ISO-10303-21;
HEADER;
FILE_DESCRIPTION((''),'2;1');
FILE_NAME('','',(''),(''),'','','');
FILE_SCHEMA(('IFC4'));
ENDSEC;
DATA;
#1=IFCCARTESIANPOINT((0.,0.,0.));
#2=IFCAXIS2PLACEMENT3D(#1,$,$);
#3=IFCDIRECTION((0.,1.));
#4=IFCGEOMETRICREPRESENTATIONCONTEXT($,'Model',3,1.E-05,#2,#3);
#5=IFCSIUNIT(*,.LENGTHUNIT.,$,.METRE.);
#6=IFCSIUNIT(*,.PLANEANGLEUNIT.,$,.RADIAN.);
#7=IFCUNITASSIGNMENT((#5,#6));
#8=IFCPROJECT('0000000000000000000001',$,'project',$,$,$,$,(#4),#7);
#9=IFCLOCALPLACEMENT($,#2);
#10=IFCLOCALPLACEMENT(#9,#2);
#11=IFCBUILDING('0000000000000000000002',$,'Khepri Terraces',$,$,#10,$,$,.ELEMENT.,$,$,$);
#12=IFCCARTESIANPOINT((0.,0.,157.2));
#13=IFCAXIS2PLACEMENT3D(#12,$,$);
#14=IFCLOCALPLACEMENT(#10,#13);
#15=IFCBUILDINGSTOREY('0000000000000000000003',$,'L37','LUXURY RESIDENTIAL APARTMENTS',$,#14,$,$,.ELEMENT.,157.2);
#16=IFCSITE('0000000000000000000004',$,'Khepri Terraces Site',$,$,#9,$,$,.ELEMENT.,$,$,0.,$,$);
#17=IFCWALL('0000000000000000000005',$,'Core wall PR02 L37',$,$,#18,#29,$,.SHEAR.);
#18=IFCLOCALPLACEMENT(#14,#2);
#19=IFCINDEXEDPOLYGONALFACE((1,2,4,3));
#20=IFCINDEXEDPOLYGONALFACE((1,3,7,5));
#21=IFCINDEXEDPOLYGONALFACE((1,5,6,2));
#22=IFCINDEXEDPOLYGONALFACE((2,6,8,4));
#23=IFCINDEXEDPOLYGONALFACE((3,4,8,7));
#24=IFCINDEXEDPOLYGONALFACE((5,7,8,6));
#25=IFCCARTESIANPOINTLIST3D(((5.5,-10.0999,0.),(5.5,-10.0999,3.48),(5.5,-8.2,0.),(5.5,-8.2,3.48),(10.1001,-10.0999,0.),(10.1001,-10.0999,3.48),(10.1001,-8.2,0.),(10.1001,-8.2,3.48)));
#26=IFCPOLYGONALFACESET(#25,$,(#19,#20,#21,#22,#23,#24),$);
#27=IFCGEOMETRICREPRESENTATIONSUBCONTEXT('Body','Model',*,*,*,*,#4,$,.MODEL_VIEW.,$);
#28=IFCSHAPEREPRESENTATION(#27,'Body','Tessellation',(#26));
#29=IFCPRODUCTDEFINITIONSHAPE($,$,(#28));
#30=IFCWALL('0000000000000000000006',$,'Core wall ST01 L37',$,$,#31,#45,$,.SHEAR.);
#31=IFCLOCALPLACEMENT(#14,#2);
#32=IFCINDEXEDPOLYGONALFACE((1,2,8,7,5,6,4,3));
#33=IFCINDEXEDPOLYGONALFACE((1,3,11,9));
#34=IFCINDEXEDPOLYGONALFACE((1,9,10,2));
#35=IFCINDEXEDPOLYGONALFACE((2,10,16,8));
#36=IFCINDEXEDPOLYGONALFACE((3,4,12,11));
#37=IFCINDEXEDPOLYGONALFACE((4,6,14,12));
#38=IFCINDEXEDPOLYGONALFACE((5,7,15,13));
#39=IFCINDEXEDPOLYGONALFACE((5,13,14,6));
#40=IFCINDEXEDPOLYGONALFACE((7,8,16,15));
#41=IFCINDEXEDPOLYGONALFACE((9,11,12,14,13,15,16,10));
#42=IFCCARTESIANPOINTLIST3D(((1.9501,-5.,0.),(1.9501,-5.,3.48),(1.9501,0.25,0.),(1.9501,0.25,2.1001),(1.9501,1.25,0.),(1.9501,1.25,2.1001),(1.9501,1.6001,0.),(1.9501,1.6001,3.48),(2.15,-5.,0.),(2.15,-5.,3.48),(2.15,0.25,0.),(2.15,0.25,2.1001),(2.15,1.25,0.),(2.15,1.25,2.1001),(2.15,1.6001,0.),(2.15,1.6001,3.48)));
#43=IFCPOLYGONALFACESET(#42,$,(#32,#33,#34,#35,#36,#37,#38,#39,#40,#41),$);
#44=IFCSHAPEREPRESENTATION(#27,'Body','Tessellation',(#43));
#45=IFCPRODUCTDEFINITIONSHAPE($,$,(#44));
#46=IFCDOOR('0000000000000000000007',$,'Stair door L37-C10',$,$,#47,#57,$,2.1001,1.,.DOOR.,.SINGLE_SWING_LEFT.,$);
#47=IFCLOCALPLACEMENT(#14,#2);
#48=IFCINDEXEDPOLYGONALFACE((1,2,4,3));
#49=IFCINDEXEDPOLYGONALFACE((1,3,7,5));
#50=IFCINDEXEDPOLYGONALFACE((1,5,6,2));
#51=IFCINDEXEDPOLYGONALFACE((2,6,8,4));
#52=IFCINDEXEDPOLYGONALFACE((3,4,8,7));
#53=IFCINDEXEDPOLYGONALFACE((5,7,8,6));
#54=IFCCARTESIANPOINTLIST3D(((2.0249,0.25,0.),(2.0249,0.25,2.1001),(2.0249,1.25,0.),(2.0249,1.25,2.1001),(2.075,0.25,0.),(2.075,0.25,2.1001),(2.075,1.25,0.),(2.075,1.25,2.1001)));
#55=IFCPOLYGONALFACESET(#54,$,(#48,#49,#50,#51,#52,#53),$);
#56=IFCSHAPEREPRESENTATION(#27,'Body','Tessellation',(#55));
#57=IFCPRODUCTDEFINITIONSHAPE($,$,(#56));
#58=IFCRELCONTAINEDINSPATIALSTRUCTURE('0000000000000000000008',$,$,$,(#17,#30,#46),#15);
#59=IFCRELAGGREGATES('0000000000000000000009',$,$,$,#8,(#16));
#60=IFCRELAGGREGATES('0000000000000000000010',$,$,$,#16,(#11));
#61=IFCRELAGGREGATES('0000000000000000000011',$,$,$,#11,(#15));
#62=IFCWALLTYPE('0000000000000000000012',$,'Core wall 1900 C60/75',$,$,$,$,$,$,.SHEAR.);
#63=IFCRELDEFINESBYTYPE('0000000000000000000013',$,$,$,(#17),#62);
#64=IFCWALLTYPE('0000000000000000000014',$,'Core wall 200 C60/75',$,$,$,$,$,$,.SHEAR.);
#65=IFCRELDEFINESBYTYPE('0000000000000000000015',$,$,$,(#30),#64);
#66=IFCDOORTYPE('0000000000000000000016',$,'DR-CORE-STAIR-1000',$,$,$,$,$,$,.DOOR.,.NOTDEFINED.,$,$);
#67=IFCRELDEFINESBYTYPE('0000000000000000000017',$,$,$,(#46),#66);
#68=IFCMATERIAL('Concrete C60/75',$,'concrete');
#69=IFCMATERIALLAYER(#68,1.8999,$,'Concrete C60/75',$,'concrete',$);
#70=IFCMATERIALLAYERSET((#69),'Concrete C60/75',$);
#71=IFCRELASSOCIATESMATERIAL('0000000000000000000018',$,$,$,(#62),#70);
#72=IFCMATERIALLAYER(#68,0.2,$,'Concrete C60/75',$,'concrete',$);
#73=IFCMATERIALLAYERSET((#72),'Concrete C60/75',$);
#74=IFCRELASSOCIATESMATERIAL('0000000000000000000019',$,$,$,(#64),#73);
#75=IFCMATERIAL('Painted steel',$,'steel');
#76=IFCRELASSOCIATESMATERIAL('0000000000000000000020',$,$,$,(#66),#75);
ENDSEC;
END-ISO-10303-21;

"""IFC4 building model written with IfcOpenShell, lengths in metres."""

from ifc_helpers import new_model, si_unit, direction, frame, frame_2d, origin, place, context, subcontext, project, spatial, rectangle, extrude, material, layer, layer_set, type_object, element, fill, save


model = new_model("IFC4")

# Units and contexts
model_context = context("Model", 3, precision=1e-05, world=origin(), true_north=direction((0.0, 1.0)))
body_context = subcontext(model_context, "Body", "Model", "MODEL_VIEW")
ifc_project = project(units=[si_unit("LENGTHUNIT", "METRE"), si_unit("PLANEANGLEUNIT", "RADIAN")], contexts=[model_context])

# Site, building, storey
site_placement = place(None, origin())
site = spatial("IfcSite", under=ifc_project, at=site_placement, Name="Khepri Terraces Site", CompositionType="ELEMENT", RefElevation=0.0)
building_placement = place(site_placement, origin())
building = spatial("IfcBuilding", under=site, at=building_placement, Name="Khepri Terraces", CompositionType="ELEMENT")
storey_placement = place(building_placement, frame((0.0, 0.0, 157.2)))
storey = spatial("IfcBuildingStorey", under=building, at=storey_placement, Name="L37", Description="LUXURY RESIDENTIAL APARTMENTS", CompositionType="ELEMENT", Elevation=157.2)

# Wall
ifc_material_1 = material(Name="Concrete C60/75", Category="concrete")
ifc_layer_1 = layer(ifc_material_1, 1.8999, Name="Concrete C60/75", Category="concrete")
ifc_layer_set_1 = layer_set([ifc_layer_1], Name="Concrete C60/75")
wall_type_1 = type_object("IfcWallType", Name="Core wall 1900 C60/75", PredefinedType="SHEAR", material=ifc_layer_set_1)
wall_1_placement = place(storey_placement, frame((5.5, -9.1499, 0.0), z_axis=(0.0, 0.0, 1.0), x_axis=(1.0, 0.0, 0.0)))
element("IfcWall", 1, at=wall_1_placement, inside=storey, type_object=wall_type_1, Name="Core wall PR02 L37", PredefinedType="SHEAR", context=body_context, shape_type="SweptSolid", body=[
    extrude(rectangle(XDim=4.6001, YDim=1.8999, at=frame_2d((2.3, 0.0))), origin(), (0.0, 0.0, 1.0), 3.48),
])

# Wall, opening, door
ifc_layer_2 = layer(ifc_material_1, 0.2, Name="Concrete C60/75", Category="concrete")
ifc_layer_set_2 = layer_set([ifc_layer_2], Name="Concrete C60/75")
wall_type_2 = type_object("IfcWallType", Name="Core wall 200 C60/75", PredefinedType="SHEAR", material=ifc_layer_set_2)
wall_2_placement = place(storey_placement, frame((2.05, -5.0, 0.0), z_axis=(0.0, 0.0, 1.0), x_axis=(0.0, 1.0, 0.0)))
wall_2 = element("IfcWall", 2, at=wall_2_placement, inside=storey, type_object=wall_type_2, Name="Core wall ST01 L37", PredefinedType="SHEAR", context=body_context, shape_type="SweptSolid", body=[
    extrude(rectangle(XDim=6.6001, YDim=0.2, at=frame_2d((3.3, 0.0))), origin(), (0.0, 0.0, 1.0), 3.48),
])
opening_1_placement = place(wall_2_placement, frame((5.25, 0.0, 0.0)))
opening_1 = element("IfcOpeningElement", 3, at=opening_1_placement, cuts=wall_2, PredefinedType="OPENING", context=body_context, shape_type="SweptSolid", body=[
    extrude(rectangle(XDim=1.0, YDim=2.1001, at=frame_2d((0.5, 1.05))), frame((0.0, 0.1099, 0.0), z_axis=(0.0, -1.0, 0.0), x_axis=(1.0, 0.0, 0.0)), (0.0, 0.0, 1.0), 0.22),
])
ifc_material_2 = material(Name="Painted steel", Category="steel")
door_type_1 = type_object("IfcDoorType", Name="DR-CORE-STAIR-1000", OperationType="NOTDEFINED", PredefinedType="DOOR", material=ifc_material_2)
door_1_placement = place(opening_1_placement, frame((1.0, 0.0, 0.0), z_axis=(0.0, 0.0, 1.0), x_axis=(-1.0, 0.0, 0.0)))
door_1 = element("IfcDoor", 4, at=door_1_placement, inside=storey, type_object=door_type_1, Name="Stair door L37-C10", OperationType="SINGLE_SWING_LEFT", OverallHeight=2.1001, OverallWidth=1.0, PredefinedType="DOOR", context=body_context, shape_type="SweptSolid", body=[
    extrude(rectangle(XDim=1.0, YDim=2.1001, at=frame_2d((0.5, 1.05))), frame((0.0, 0.0249, 0.0), z_axis=(0.0, -1.0, 0.0), x_axis=(1.0, 0.0, 0.0)), (0.0, 0.0, 1.0), 0.05),
])
fill(opening_1, door_1)

save(model, "model.ifc")
